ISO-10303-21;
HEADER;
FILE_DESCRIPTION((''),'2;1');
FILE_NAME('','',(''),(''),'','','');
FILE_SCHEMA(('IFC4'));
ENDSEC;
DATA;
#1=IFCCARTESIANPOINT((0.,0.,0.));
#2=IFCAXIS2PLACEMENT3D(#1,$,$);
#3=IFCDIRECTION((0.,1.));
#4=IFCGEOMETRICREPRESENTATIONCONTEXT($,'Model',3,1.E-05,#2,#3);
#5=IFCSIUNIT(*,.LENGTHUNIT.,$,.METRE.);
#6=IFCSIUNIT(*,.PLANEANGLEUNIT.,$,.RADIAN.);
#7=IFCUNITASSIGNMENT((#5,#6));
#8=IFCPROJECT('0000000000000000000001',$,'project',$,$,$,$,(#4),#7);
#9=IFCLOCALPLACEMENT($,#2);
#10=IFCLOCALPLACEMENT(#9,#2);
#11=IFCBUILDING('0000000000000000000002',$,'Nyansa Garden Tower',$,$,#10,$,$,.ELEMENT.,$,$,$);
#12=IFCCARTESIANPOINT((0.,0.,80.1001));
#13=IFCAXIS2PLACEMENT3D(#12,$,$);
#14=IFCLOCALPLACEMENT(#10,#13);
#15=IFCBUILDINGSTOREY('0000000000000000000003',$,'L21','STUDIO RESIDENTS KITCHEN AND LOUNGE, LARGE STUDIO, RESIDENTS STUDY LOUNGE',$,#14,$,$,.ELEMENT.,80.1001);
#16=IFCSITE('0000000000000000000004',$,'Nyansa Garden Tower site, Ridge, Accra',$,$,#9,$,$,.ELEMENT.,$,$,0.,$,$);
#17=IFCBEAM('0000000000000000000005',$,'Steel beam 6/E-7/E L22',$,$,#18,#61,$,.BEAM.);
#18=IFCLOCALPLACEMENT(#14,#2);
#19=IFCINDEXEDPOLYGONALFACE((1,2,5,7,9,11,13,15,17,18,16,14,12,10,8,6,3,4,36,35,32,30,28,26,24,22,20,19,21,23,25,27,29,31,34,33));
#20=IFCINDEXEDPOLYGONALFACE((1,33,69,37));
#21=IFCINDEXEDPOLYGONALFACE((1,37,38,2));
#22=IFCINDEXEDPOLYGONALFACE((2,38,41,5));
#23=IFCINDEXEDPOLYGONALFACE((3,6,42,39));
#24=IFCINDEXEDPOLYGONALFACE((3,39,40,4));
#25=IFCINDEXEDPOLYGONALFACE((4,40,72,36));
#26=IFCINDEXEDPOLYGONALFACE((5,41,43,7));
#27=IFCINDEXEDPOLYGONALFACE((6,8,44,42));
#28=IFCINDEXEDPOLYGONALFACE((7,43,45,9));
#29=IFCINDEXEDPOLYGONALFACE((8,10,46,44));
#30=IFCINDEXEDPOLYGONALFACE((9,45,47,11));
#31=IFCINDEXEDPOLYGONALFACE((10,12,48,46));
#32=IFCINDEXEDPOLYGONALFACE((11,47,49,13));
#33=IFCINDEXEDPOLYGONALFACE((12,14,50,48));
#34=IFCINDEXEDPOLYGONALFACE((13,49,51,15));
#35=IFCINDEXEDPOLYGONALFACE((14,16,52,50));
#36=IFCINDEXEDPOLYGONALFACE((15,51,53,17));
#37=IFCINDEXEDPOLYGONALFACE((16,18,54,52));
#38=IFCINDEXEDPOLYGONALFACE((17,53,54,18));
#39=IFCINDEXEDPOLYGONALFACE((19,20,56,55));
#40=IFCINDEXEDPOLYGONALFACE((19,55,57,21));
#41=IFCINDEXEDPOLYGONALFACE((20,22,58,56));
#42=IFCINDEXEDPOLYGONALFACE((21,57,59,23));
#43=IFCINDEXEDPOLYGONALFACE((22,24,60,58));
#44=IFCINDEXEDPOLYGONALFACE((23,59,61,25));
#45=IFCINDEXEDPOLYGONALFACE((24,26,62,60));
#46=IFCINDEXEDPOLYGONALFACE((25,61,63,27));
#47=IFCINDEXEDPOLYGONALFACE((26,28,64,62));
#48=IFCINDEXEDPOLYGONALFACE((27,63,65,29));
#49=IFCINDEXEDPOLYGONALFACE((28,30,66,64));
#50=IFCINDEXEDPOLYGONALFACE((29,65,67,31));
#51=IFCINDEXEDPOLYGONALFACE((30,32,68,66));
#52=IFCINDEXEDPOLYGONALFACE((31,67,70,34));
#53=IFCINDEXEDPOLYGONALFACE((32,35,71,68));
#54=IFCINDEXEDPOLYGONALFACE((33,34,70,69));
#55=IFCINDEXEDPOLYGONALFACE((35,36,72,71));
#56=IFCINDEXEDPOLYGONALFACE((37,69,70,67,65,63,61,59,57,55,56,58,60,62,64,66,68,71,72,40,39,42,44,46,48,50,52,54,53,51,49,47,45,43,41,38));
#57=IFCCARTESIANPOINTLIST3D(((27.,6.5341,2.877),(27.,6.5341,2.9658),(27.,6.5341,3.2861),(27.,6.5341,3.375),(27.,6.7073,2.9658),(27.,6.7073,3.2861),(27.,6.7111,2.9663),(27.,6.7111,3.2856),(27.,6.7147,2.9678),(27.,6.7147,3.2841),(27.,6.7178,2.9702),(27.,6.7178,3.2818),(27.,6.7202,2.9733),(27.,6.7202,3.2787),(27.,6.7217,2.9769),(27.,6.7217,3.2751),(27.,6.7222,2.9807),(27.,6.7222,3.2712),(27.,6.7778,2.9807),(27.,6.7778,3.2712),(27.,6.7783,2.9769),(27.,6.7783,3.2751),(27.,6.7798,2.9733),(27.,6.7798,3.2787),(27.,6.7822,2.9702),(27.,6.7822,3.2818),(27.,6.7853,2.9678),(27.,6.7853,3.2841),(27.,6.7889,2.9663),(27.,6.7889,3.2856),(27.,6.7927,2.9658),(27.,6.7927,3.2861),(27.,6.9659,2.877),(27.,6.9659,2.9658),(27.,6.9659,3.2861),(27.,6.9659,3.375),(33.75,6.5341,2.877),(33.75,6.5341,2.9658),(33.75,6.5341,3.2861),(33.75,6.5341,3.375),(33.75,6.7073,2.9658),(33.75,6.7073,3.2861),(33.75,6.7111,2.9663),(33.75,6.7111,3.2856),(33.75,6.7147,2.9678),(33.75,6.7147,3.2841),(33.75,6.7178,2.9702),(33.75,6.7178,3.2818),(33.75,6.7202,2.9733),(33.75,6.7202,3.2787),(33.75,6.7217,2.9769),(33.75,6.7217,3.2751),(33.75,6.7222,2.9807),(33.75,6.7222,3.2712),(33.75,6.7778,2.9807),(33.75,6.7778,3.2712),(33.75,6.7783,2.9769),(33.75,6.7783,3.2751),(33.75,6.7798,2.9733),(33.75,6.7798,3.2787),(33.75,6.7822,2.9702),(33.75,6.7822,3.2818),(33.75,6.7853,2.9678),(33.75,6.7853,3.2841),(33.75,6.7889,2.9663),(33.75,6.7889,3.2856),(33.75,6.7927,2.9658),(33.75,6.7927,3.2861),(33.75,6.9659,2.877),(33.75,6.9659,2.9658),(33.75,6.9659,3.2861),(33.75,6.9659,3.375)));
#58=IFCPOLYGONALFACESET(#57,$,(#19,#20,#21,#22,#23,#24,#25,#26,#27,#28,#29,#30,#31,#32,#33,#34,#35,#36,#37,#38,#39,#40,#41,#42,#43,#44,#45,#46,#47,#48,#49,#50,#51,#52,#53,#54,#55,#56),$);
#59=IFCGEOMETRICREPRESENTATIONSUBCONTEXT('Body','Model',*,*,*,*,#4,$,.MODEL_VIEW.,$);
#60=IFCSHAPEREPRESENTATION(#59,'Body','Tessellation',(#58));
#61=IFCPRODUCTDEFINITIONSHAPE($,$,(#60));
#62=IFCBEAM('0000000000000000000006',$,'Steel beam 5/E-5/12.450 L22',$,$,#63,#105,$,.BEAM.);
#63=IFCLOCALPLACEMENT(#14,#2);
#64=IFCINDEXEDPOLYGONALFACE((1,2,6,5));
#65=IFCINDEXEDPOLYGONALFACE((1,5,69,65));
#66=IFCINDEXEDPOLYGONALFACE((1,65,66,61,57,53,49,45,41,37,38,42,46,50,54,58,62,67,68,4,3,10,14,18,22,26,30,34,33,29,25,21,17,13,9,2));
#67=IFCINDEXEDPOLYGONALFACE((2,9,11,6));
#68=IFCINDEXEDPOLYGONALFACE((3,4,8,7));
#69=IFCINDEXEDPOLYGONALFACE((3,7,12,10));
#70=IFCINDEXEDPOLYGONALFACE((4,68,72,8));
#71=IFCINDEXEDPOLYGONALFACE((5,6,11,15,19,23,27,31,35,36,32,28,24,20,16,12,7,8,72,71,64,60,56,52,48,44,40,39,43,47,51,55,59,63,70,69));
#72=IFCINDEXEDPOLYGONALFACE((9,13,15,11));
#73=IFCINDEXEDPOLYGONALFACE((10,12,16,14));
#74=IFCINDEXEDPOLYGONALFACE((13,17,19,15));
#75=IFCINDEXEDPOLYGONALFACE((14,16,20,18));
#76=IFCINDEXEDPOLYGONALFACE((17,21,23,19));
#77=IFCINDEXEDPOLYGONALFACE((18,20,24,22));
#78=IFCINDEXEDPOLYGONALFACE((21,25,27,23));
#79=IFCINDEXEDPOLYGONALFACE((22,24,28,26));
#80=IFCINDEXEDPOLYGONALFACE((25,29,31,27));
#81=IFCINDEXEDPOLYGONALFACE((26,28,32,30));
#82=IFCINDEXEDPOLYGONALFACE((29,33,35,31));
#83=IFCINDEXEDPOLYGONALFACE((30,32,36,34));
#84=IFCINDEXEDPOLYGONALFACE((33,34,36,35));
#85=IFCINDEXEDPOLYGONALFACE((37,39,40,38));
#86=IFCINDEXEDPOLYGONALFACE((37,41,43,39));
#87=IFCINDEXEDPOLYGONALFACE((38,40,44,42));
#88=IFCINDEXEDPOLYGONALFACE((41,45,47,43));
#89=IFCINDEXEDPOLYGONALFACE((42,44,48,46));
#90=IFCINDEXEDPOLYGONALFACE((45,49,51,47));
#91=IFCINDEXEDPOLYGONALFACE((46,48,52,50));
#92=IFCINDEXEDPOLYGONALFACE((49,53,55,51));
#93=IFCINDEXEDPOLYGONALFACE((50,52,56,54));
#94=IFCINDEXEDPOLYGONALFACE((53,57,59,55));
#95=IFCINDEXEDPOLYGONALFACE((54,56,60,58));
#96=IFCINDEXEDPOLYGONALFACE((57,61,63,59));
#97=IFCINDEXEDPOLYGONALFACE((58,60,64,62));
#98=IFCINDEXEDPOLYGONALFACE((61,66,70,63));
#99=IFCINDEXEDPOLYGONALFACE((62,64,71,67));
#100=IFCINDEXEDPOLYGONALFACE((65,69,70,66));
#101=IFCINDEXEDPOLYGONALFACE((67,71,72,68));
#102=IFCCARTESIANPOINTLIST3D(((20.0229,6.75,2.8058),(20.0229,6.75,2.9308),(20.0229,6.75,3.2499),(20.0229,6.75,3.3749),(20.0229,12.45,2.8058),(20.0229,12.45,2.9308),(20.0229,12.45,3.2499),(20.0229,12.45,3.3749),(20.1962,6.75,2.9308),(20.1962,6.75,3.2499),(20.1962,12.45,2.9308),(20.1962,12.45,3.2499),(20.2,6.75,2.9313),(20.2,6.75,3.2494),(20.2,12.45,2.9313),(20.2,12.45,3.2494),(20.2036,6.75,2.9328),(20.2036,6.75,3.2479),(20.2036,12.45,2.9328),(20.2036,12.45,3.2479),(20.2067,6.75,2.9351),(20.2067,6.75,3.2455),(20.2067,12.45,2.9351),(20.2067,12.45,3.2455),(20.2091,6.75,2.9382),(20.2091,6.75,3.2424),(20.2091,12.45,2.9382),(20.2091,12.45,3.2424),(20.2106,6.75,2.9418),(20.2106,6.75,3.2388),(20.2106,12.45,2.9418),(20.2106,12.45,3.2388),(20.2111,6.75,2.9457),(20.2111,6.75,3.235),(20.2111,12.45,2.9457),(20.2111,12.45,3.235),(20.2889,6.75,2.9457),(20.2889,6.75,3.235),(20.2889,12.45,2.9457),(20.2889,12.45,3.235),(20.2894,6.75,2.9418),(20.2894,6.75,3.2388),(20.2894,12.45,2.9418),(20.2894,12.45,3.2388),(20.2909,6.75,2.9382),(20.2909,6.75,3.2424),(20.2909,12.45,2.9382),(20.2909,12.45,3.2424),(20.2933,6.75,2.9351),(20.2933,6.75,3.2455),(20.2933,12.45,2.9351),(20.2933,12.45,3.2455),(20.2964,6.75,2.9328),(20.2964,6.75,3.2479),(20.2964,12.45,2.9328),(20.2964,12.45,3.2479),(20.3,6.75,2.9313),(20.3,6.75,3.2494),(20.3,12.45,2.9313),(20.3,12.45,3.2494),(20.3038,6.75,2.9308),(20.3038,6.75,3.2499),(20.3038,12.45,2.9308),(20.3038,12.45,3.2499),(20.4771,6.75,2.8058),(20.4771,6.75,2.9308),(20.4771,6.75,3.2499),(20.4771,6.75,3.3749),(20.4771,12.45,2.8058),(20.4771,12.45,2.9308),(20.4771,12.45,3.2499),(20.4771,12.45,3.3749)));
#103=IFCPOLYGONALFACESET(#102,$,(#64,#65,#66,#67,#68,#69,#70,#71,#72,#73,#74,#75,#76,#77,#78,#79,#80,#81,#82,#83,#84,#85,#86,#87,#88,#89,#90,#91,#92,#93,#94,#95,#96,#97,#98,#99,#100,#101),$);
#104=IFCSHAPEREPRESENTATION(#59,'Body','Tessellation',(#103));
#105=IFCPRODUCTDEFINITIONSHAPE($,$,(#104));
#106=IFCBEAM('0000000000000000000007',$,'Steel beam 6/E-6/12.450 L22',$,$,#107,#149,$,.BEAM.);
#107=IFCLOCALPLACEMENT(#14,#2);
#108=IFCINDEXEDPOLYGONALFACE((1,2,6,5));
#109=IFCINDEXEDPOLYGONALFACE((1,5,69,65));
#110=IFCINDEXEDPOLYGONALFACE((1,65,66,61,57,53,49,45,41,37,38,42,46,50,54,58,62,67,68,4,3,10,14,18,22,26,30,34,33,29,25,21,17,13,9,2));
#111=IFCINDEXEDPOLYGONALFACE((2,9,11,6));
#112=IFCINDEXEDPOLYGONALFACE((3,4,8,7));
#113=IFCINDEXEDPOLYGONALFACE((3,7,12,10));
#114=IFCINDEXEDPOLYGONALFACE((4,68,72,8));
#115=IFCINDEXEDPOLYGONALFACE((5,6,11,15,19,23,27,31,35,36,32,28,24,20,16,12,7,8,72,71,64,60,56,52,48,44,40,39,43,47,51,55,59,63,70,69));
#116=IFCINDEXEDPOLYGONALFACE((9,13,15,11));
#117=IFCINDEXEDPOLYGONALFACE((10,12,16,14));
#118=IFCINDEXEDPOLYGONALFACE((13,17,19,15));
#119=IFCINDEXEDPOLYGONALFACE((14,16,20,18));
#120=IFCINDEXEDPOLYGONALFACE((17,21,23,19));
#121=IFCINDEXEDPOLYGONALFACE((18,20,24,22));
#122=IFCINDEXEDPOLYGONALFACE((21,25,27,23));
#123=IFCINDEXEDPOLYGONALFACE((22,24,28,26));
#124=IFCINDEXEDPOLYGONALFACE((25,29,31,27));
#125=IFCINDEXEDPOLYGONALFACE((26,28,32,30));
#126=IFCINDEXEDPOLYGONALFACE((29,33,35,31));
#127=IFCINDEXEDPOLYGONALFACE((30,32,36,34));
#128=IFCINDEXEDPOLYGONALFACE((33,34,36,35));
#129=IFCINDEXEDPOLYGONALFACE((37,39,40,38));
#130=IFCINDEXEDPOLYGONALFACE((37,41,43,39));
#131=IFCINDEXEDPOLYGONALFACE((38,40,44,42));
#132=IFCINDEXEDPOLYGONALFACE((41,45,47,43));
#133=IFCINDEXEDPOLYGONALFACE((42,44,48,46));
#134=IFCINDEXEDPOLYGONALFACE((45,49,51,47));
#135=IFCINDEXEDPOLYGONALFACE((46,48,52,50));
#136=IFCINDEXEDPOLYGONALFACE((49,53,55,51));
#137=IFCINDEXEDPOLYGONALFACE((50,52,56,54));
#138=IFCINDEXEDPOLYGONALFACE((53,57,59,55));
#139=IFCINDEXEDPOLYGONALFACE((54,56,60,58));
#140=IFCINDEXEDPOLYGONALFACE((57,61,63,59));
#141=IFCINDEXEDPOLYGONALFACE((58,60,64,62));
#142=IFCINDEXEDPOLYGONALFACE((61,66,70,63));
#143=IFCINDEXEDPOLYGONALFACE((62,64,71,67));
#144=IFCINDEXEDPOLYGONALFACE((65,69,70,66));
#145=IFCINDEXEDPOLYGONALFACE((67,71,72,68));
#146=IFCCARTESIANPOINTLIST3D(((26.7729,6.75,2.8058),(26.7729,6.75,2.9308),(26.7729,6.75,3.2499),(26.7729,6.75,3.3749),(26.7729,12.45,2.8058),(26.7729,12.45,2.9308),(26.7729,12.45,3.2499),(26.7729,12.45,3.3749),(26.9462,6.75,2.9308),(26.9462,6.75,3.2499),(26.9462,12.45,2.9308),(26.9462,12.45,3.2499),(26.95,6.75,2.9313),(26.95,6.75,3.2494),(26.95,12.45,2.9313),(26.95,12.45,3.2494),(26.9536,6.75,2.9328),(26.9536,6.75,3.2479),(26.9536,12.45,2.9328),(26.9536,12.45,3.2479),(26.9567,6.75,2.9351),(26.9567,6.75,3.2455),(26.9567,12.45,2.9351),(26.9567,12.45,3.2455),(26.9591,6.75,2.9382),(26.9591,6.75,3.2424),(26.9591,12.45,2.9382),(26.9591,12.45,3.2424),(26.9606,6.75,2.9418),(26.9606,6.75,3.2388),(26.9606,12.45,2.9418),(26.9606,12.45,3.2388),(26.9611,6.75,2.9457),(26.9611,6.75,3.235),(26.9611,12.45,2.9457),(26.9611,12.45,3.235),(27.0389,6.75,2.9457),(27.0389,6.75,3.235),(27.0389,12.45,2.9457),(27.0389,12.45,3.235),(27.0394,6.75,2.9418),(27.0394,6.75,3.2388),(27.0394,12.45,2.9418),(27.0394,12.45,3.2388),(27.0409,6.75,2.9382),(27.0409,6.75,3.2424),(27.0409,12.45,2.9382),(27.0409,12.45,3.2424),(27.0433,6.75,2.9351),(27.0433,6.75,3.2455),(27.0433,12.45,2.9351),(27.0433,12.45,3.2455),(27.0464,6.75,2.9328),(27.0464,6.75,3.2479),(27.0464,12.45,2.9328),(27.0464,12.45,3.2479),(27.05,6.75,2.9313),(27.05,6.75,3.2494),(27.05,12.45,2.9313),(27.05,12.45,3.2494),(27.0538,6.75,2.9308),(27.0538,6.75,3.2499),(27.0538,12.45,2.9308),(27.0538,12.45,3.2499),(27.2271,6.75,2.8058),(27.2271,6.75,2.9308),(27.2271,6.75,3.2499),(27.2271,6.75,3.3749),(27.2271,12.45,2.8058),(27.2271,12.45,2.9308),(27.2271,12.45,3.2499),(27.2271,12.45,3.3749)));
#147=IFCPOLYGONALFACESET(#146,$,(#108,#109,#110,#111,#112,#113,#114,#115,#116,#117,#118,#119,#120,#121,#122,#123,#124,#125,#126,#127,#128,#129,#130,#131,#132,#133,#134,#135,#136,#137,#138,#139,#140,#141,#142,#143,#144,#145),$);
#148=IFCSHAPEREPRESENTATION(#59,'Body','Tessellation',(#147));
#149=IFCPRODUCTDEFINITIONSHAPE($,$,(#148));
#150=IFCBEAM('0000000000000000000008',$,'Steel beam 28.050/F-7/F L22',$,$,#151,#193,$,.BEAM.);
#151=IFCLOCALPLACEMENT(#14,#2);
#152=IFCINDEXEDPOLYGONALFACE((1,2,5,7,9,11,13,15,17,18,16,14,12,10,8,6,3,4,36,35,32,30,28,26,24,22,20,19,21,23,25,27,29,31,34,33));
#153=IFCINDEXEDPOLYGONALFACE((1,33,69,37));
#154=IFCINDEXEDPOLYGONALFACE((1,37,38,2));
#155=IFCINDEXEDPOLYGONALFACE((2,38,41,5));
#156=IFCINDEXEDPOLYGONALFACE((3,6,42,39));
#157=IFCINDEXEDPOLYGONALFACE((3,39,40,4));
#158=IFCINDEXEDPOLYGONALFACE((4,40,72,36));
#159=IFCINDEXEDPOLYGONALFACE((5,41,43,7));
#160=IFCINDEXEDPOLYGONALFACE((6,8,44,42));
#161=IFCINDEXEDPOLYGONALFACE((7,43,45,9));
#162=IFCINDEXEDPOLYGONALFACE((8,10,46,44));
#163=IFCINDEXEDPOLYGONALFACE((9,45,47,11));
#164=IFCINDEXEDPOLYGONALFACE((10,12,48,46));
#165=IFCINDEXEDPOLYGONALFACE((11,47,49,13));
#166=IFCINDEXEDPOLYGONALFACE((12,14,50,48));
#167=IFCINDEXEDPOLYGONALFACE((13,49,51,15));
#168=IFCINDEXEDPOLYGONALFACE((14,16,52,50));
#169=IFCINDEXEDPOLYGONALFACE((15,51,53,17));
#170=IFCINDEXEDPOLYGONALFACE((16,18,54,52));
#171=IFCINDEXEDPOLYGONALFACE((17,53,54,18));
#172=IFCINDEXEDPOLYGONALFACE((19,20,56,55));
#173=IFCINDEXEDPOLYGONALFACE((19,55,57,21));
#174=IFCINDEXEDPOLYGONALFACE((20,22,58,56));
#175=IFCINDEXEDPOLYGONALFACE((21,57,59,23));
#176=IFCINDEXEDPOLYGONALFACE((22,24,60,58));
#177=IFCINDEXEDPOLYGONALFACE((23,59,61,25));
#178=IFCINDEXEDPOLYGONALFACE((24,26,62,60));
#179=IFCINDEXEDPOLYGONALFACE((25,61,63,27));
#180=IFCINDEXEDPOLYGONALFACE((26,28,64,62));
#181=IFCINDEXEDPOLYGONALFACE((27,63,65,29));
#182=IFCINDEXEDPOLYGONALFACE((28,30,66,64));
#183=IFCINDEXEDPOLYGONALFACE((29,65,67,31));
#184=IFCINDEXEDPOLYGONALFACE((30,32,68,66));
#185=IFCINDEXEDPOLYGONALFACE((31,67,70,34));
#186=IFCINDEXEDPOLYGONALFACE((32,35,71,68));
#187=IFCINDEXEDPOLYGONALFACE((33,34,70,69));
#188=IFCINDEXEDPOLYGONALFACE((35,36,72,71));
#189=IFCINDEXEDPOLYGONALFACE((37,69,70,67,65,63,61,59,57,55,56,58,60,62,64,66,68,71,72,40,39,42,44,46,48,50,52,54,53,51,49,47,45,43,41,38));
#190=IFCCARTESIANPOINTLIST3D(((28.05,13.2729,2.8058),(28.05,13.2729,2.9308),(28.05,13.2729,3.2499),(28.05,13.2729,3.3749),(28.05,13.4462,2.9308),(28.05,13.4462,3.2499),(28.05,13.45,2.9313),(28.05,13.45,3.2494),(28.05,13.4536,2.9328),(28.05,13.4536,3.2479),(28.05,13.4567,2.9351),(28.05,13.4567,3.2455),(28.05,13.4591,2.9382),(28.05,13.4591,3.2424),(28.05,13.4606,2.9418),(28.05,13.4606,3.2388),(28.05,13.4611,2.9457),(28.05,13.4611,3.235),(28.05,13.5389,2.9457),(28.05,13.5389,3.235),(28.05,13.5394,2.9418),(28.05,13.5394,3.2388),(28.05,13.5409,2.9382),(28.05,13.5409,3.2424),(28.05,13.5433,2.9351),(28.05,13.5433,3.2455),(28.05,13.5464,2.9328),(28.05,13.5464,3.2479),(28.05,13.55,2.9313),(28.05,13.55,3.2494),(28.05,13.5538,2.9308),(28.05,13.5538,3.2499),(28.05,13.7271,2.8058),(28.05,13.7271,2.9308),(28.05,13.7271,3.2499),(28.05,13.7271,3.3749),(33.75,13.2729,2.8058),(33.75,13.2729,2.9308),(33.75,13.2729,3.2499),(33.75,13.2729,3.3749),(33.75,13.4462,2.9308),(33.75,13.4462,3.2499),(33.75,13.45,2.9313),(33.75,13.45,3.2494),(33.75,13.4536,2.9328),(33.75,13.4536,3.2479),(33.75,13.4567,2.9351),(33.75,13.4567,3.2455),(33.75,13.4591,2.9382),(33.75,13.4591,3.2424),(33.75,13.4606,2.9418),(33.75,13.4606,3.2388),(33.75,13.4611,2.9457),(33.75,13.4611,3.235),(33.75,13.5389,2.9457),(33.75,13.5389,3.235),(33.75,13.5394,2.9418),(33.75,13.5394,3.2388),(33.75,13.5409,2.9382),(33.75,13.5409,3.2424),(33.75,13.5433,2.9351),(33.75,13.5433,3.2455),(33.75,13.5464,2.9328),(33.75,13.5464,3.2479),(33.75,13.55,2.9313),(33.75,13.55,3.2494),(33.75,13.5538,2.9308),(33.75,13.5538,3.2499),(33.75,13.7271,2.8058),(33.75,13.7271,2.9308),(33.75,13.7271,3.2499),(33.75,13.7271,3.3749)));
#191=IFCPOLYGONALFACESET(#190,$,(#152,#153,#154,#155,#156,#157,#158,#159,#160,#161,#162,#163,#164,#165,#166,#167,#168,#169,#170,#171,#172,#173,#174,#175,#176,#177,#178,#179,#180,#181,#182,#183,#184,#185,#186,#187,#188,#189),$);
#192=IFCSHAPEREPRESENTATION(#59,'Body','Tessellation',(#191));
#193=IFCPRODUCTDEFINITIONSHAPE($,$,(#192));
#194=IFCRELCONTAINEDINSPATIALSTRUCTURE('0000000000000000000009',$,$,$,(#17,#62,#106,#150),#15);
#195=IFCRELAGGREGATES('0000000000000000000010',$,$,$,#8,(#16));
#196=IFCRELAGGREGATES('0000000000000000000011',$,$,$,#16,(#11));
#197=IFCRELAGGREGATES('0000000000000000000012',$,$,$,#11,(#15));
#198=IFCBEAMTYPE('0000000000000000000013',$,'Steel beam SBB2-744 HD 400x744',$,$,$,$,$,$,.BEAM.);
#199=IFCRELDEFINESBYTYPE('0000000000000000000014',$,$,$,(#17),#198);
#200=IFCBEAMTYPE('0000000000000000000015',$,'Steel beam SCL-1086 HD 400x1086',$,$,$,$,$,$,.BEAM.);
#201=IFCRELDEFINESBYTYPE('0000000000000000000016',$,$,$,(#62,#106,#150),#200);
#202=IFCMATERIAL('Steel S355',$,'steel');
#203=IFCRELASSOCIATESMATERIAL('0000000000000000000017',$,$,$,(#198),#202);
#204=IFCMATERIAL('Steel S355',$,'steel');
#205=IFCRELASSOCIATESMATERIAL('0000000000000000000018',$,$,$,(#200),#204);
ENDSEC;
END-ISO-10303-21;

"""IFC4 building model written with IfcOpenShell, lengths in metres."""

from ifc_helpers import new_model, si_unit, direction, frame, origin, origin_2d, place, context, subcontext, project, spatial, i_section, extrude, material, material_profile, profile_set, type_object, element, save


model = new_model("IFC4")

# Units and contexts
model_context = context("Model", 3, precision=1e-05, world=origin(), true_north=direction((0.0, 1.0)))
body_context = subcontext(model_context, "Body", "Model", "MODEL_VIEW")
ifc_project = project(units=[si_unit("LENGTHUNIT", "METRE"), si_unit("PLANEANGLEUNIT", "RADIAN")], contexts=[model_context])

# Site, building, storey
site_placement = place(None, origin())
site = spatial("IfcSite", under=ifc_project, at=site_placement, Name="Nyansa Garden Tower site, Ridge, Accra", CompositionType="ELEMENT", RefElevation=0.0)
building_placement = place(site_placement, origin())
building = spatial("IfcBuilding", under=site, at=building_placement, Name="Nyansa Garden Tower", CompositionType="ELEMENT")
storey_placement = place(building_placement, frame((0.0, 0.0, 80.1001)))
storey = spatial("IfcBuildingStorey", under=building, at=storey_placement, Name="L21", Description="STUDIO RESIDENTS KITCHEN AND LOUNGE, LARGE STUDIO, RESIDENTS STUDY LOUNGE", CompositionType="ELEMENT", Elevation=80.1001)

# Beams
ifc_material_1 = material(Name="Steel S355", Category="steel")
ifc_material_profile_1 = material_profile(ifc_material_1, i_section(OverallWidth=0.4319, OverallDepth=0.498, WebThickness=0.0557, FlangeThickness=0.0889, FilletRadius=0.0149, at=origin_2d()), Name="HD 400x744")
ifc_profile_set_1 = profile_set([ifc_material_profile_1], Name="Steel S355")
beam_type_1 = type_object("IfcBeamType", Name="Steel beam SBB2-744 HD 400x744", PredefinedType="BEAM", material=ifc_profile_set_1)
for number, where, z_axis, x_axis, name in (
    (1, (27.0, 6.75, 3.126), (1.0, 0.0, 0.0), (0.0, 1.0, 0.0), "Steel beam 6/E-7/E L22"),
):
    element("IfcBeam", number, at=place(storey_placement, frame(where, z_axis=z_axis, x_axis=x_axis)), inside=storey, type_object=beam_type_1, Name=name, PredefinedType="BEAM", context=body_context, shape_type="SweptSolid", body=[
        extrude(i_section(OverallWidth=0.4319, OverallDepth=0.498, WebThickness=0.0557, FlangeThickness=0.0889, FilletRadius=0.0149, at=origin_2d()), origin(), (0.0, 0.0, 1.0), 6.75),
    ])
ifc_material_2 = material(Name="Steel S355", Category="steel")
ifc_material_profile_2 = material_profile(ifc_material_2, i_section(OverallWidth=0.4541, OverallDepth=0.5691, WebThickness=0.0779, FlangeThickness=0.125, FilletRadius=0.0149, at=origin_2d()), Name="HD 400x1086")
ifc_profile_set_2 = profile_set([ifc_material_profile_2], Name="Steel S355")
beam_type_2 = type_object("IfcBeamType", Name="Steel beam SCL-1086 HD 400x1086", PredefinedType="BEAM", material=ifc_profile_set_2)
for number, where, z_axis, x_axis, name in (
    (2, (20.25, 6.75, 3.0903), (0.0, 1.0, 0.0), (-1.0, 0.0, 0.0), "Steel beam 5/E-5/12.450 L22"),
    (3, (27.0, 6.75, 3.0903), (0.0, 1.0, 0.0), (-1.0, 0.0, 0.0), "Steel beam 6/E-6/12.450 L22"),
    (4, (28.05, 13.5, 3.0903), (1.0, 0.0, 0.0), (0.0, 1.0, 0.0), "Steel beam 28.050/F-7/F L22"),
):
    element("IfcBeam", number, at=place(storey_placement, frame(where, z_axis=z_axis, x_axis=x_axis)), inside=storey, type_object=beam_type_2, Name=name, PredefinedType="BEAM", context=body_context, shape_type="SweptSolid", body=[
        extrude(i_section(OverallWidth=0.4541, OverallDepth=0.5691, WebThickness=0.0779, FlangeThickness=0.125, FilletRadius=0.0149, at=origin_2d()), origin(), (0.0, 0.0, 1.0), 5.7),
    ])

save(model, "model.ifc")
